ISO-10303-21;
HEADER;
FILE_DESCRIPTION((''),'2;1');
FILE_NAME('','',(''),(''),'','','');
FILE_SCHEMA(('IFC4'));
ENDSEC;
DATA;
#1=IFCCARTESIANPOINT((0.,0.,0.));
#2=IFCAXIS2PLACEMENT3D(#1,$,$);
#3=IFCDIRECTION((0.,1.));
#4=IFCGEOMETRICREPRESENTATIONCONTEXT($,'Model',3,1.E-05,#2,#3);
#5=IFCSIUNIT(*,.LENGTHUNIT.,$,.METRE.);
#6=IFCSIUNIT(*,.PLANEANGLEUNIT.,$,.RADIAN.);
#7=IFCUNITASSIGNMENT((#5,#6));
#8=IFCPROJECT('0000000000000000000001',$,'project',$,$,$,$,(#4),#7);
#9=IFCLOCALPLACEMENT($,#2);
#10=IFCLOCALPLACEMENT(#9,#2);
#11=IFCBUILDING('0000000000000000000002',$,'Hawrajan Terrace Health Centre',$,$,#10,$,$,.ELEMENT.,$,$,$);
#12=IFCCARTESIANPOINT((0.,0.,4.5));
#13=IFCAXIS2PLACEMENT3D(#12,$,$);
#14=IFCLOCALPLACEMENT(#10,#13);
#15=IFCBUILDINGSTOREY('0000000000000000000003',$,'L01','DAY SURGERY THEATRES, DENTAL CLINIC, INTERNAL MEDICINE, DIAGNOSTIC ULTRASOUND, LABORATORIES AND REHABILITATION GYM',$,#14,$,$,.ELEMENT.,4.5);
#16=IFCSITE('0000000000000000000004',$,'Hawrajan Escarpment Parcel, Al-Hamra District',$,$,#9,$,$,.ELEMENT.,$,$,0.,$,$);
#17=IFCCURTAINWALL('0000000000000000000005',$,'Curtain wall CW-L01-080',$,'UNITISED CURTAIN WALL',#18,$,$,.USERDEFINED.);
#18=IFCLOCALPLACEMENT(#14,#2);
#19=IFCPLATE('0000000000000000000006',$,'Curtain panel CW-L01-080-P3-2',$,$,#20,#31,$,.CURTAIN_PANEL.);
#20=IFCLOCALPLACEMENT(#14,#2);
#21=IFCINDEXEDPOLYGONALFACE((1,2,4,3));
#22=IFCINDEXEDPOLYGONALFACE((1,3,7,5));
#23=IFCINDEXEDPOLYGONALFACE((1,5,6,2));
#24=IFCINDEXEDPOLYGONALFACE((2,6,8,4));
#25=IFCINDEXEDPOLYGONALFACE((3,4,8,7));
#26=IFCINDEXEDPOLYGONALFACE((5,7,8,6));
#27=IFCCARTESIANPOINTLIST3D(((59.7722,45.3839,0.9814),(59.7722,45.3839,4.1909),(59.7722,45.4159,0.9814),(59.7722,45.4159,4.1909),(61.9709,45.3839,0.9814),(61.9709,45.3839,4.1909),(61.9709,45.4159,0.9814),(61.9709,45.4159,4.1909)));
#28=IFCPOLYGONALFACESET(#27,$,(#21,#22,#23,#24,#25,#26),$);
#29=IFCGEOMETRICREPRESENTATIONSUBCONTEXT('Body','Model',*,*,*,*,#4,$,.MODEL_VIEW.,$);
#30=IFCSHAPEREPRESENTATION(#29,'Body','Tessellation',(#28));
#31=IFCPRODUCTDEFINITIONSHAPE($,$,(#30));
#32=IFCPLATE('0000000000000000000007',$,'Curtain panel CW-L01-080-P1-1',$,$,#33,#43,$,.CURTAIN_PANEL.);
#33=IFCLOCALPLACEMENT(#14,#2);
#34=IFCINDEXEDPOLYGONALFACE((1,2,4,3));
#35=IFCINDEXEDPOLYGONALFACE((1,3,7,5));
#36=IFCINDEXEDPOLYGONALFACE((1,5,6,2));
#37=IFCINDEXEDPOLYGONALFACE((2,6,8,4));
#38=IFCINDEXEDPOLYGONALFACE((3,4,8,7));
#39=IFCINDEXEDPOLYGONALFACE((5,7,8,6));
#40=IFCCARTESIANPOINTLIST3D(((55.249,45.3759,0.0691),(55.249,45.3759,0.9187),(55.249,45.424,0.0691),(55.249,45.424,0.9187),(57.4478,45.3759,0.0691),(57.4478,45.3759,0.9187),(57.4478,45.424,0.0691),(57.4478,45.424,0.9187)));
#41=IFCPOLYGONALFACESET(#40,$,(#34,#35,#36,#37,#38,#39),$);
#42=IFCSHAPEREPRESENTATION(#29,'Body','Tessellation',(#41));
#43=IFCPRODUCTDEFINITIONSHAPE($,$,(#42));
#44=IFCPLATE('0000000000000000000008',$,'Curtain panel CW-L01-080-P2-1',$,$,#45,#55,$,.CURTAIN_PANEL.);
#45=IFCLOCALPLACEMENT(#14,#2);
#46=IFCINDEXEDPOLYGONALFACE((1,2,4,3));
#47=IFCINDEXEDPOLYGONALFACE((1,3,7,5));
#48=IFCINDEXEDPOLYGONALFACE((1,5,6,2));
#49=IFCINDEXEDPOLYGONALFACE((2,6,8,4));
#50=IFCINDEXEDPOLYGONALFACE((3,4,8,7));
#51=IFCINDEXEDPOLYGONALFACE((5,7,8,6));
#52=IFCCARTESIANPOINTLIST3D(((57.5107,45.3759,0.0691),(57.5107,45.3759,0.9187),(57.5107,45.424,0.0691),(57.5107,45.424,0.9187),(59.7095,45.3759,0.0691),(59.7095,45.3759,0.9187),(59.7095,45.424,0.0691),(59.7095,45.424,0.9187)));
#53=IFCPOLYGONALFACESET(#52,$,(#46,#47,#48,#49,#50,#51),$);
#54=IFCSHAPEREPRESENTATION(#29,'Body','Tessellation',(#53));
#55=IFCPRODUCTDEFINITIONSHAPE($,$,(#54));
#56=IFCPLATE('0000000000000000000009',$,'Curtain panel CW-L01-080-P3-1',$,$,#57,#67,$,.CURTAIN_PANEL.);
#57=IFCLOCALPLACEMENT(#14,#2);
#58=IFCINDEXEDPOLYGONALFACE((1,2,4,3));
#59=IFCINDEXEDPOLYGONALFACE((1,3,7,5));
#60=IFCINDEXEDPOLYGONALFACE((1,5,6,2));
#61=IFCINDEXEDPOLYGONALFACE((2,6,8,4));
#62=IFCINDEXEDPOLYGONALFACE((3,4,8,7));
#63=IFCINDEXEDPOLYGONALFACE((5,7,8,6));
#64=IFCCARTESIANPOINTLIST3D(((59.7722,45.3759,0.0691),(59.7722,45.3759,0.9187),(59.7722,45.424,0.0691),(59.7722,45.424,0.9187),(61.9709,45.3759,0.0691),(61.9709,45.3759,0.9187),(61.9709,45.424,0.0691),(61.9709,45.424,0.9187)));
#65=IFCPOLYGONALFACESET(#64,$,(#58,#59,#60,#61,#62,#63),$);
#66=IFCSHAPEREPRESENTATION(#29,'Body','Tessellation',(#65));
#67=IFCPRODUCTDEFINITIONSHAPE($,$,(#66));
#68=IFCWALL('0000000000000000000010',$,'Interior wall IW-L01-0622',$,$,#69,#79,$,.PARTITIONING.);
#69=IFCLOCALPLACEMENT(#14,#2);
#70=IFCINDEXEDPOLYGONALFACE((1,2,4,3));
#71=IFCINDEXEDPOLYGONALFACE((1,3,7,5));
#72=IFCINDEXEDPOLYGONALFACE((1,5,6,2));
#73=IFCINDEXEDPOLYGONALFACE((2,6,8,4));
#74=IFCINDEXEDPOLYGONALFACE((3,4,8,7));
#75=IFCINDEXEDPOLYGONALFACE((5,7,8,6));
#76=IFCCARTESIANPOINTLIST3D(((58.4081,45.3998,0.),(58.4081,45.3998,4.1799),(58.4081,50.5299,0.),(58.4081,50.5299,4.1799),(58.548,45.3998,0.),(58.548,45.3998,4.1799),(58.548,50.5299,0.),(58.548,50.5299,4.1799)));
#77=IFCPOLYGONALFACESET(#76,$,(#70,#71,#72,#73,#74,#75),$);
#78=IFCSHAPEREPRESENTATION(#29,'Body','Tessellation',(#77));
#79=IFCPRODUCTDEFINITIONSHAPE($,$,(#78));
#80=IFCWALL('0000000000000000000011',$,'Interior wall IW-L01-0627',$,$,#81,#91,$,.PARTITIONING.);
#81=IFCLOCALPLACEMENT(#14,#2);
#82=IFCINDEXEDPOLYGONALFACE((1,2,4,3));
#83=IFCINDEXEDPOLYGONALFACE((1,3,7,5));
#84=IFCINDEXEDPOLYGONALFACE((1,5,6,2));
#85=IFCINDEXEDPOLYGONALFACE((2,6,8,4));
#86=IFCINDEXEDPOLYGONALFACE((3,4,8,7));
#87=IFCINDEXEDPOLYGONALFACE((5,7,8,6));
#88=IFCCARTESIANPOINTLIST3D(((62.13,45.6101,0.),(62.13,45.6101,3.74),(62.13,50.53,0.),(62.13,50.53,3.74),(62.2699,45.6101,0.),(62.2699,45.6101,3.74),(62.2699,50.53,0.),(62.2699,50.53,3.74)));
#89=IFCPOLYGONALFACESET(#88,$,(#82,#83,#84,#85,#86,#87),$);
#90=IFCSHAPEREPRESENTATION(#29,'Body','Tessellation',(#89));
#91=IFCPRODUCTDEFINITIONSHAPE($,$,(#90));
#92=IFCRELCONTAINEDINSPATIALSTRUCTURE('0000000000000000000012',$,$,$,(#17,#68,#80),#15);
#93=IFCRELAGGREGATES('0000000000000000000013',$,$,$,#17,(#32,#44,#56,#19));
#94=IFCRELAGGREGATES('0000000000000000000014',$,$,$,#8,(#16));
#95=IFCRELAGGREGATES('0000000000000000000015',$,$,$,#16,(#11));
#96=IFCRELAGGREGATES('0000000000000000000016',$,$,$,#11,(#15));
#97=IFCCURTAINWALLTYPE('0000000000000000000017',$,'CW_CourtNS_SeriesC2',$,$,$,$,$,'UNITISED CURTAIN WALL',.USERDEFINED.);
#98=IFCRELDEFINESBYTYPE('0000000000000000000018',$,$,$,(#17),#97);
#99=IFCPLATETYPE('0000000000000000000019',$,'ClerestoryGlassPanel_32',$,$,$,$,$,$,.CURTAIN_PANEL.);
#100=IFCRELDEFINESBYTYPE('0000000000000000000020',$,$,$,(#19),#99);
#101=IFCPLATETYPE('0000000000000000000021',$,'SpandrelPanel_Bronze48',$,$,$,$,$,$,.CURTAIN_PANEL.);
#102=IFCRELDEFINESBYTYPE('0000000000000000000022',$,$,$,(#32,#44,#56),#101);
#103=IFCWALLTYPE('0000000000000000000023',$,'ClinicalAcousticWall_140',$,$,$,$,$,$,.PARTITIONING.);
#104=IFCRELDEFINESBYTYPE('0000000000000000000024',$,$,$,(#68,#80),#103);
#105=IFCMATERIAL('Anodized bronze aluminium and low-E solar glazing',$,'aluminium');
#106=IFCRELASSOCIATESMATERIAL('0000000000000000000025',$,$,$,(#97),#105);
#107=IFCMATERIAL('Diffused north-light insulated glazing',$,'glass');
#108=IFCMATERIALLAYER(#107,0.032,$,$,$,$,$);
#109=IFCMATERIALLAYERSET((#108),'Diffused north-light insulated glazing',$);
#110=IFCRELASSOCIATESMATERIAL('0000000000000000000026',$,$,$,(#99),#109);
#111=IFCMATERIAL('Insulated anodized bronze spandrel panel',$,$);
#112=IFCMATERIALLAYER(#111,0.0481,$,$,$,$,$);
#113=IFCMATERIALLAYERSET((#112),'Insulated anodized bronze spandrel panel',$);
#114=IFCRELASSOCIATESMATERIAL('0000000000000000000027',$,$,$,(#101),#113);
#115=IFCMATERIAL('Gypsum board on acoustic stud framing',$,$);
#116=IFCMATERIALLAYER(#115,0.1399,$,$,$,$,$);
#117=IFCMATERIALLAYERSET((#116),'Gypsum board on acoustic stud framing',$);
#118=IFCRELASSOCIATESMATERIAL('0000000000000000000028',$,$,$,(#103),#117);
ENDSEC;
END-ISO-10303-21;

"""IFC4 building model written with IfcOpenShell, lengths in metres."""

from ifc_helpers import new_model, si_unit, direction, frame, frame_2d, origin, origin_2d, place, context, subcontext, project, spatial, rectangle, extrude, material, layer, layer_set, type_object, element, aggregate, save


model = new_model("IFC4")

# Units and contexts
model_context = context("Model", 3, precision=1e-05, world=origin(), true_north=direction((0.0, 1.0)))
body_context = subcontext(model_context, "Body", "Model", "MODEL_VIEW")
ifc_project = project(units=[si_unit("LENGTHUNIT", "METRE"), si_unit("PLANEANGLEUNIT", "RADIAN")], contexts=[model_context])

# Site, building, storey
site_placement = place(None, origin())
site = spatial("IfcSite", under=ifc_project, at=site_placement, Name="Hawrajan Escarpment Parcel, Al-Hamra District", CompositionType="ELEMENT", RefElevation=0.0)
building_placement = place(site_placement, origin())
building = spatial("IfcBuilding", under=site, at=building_placement, Name="Hawrajan Terrace Health Centre", CompositionType="ELEMENT")
storey_placement = place(building_placement, frame((0.0, 0.0, 4.5)))
storey = spatial("IfcBuildingStorey", under=building, at=storey_placement, Name="L01", Description="DAY SURGERY THEATRES, DENTAL CLINIC, INTERNAL MEDICINE, DIAGNOSTIC ULTRASOUND, LABORATORIES AND REHABILITATION GYM", CompositionType="ELEMENT", Elevation=4.5)

# Curtain wall
ifc_material_1 = material(Name="Anodized bronze aluminium and low-E solar glazing", Category="aluminium")
curtain_wall_type = type_object("IfcCurtainWallType", Name="CW_CourtNS_SeriesC2", ElementType="UNITISED CURTAIN WALL", PredefinedType="USERDEFINED", material=ifc_material_1)
curtain_wall_placement = place(storey_placement, origin())
curtain_wall = element("IfcCurtainWall", 1, at=curtain_wall_placement, inside=storey, type_object=curtain_wall_type, Name="Curtain wall CW-L01-080", ObjectType="UNITISED CURTAIN WALL", PredefinedType="USERDEFINED")

# Plates
ifc_material_2 = material(Name="Diffused north-light insulated glazing", Category="glass")
ifc_layer_1 = layer(ifc_material_2, 0.032)
ifc_layer_set_1 = layer_set([ifc_layer_1], Name="Diffused north-light insulated glazing")
plate_type_1 = type_object("IfcPlateType", Name="ClerestoryGlassPanel_32", PredefinedType="CURTAIN_PANEL", material=ifc_layer_set_1)
plate_1_placement = place(storey_placement, frame((60.8716, 45.3999, 0.9814), z_axis=(0.0, 0.0, 1.0), x_axis=(1.0, 0.0, 0.0)))
plate_1 = element("IfcPlate", 2, at=plate_1_placement, type_object=plate_type_1, Name="Curtain panel CW-L01-080-P3-2", PredefinedType="CURTAIN_PANEL", context=body_context, shape_type="SweptSolid", body=[
    extrude(rectangle(XDim=2.1987, YDim=0.032, at=origin_2d()), origin(), (0.0, 0.0, 1.0), 3.2095),
])
ifc_material_3 = material(Name="Insulated anodized bronze spandrel panel")
ifc_layer_2 = layer(ifc_material_3, 0.0481)
ifc_layer_set_2 = layer_set([ifc_layer_2], Name="Insulated anodized bronze spandrel panel")
plate_type_2 = type_object("IfcPlateType", Name="SpandrelPanel_Bronze48", PredefinedType="CURTAIN_PANEL", material=ifc_layer_set_2)
plate_2_placement = place(storey_placement, frame((56.3484, 45.3999, 0.0691), z_axis=(0.0, 0.0, 1.0), x_axis=(1.0, 0.0, 0.0)))
plate_2 = element("IfcPlate", 3, at=plate_2_placement, type_object=plate_type_2, Name="Curtain panel CW-L01-080-P1-1", PredefinedType="CURTAIN_PANEL", context=body_context, shape_type="SweptSolid", body=[
    extrude(rectangle(XDim=2.1987, YDim=0.0481, at=origin_2d()), origin(), (0.0, 0.0, 1.0), 0.8496),
])
plate_3_placement = place(storey_placement, frame((58.6101, 45.3999, 0.0691), z_axis=(0.0, 0.0, 1.0), x_axis=(1.0, 0.0, 0.0)))
plate_3 = element("IfcPlate", 4, at=plate_3_placement, type_object=plate_type_2, Name="Curtain panel CW-L01-080-P2-1", PredefinedType="CURTAIN_PANEL", context=body_context, shape_type="SweptSolid", body=[
    extrude(rectangle(XDim=2.1987, YDim=0.0481, at=origin_2d()), origin(), (0.0, 0.0, 1.0), 0.8496),
])
plate_4_placement = place(storey_placement, frame((60.8716, 45.3999, 0.0691), z_axis=(0.0, 0.0, 1.0), x_axis=(1.0, 0.0, 0.0)))
plate_4 = element("IfcPlate", 5, at=plate_4_placement, type_object=plate_type_2, Name="Curtain panel CW-L01-080-P3-1", PredefinedType="CURTAIN_PANEL", context=body_context, shape_type="SweptSolid", body=[
    extrude(rectangle(XDim=2.1987, YDim=0.0481, at=origin_2d()), origin(), (0.0, 0.0, 1.0), 0.8496),
])
aggregate(curtain_wall, [plate_2, plate_3, plate_4, plate_1])

# Walls
ifc_material_4 = material(Name="Gypsum board on acoustic stud framing")
ifc_layer_3 = layer(ifc_material_4, 0.1399)
ifc_layer_set_3 = layer_set([ifc_layer_3], Name="Gypsum board on acoustic stud framing")
wall_type = type_object("IfcWallType", Name="ClinicalAcousticWall_140", PredefinedType="PARTITIONING", material=ifc_layer_set_3)
wall_1_placement = place(storey_placement, frame((58.478, 45.3999, 0.0), z_axis=(0.0, 0.0, 1.0), x_axis=(0.0, 1.0, 0.0)))
element("IfcWall", 6, at=wall_1_placement, inside=storey, type_object=wall_type, Name="Interior wall IW-L01-0622", PredefinedType="PARTITIONING", context=body_context, shape_type="SweptSolid", body=[
    extrude(rectangle(XDim=5.1301, YDim=0.1399, at=frame_2d((2.5649, 0.0))), origin(), (0.0, 0.0, 1.0), 4.1799),
])
wall_2_placement = place(storey_placement, frame((62.2, 45.6101, 0.0), z_axis=(0.0, 0.0, 1.0), x_axis=(0.0, 1.0, 0.0)))
element("IfcWall", 7, at=wall_2_placement, inside=storey, type_object=wall_type, Name="Interior wall IW-L01-0627", PredefinedType="PARTITIONING", context=body_context, shape_type="SweptSolid", body=[
    extrude(rectangle(XDim=4.9199, YDim=0.1399, at=frame_2d((2.46, 0.0))), origin(), (0.0, 0.0, 1.0), 3.74),
])

save(model, "model.ifc")
